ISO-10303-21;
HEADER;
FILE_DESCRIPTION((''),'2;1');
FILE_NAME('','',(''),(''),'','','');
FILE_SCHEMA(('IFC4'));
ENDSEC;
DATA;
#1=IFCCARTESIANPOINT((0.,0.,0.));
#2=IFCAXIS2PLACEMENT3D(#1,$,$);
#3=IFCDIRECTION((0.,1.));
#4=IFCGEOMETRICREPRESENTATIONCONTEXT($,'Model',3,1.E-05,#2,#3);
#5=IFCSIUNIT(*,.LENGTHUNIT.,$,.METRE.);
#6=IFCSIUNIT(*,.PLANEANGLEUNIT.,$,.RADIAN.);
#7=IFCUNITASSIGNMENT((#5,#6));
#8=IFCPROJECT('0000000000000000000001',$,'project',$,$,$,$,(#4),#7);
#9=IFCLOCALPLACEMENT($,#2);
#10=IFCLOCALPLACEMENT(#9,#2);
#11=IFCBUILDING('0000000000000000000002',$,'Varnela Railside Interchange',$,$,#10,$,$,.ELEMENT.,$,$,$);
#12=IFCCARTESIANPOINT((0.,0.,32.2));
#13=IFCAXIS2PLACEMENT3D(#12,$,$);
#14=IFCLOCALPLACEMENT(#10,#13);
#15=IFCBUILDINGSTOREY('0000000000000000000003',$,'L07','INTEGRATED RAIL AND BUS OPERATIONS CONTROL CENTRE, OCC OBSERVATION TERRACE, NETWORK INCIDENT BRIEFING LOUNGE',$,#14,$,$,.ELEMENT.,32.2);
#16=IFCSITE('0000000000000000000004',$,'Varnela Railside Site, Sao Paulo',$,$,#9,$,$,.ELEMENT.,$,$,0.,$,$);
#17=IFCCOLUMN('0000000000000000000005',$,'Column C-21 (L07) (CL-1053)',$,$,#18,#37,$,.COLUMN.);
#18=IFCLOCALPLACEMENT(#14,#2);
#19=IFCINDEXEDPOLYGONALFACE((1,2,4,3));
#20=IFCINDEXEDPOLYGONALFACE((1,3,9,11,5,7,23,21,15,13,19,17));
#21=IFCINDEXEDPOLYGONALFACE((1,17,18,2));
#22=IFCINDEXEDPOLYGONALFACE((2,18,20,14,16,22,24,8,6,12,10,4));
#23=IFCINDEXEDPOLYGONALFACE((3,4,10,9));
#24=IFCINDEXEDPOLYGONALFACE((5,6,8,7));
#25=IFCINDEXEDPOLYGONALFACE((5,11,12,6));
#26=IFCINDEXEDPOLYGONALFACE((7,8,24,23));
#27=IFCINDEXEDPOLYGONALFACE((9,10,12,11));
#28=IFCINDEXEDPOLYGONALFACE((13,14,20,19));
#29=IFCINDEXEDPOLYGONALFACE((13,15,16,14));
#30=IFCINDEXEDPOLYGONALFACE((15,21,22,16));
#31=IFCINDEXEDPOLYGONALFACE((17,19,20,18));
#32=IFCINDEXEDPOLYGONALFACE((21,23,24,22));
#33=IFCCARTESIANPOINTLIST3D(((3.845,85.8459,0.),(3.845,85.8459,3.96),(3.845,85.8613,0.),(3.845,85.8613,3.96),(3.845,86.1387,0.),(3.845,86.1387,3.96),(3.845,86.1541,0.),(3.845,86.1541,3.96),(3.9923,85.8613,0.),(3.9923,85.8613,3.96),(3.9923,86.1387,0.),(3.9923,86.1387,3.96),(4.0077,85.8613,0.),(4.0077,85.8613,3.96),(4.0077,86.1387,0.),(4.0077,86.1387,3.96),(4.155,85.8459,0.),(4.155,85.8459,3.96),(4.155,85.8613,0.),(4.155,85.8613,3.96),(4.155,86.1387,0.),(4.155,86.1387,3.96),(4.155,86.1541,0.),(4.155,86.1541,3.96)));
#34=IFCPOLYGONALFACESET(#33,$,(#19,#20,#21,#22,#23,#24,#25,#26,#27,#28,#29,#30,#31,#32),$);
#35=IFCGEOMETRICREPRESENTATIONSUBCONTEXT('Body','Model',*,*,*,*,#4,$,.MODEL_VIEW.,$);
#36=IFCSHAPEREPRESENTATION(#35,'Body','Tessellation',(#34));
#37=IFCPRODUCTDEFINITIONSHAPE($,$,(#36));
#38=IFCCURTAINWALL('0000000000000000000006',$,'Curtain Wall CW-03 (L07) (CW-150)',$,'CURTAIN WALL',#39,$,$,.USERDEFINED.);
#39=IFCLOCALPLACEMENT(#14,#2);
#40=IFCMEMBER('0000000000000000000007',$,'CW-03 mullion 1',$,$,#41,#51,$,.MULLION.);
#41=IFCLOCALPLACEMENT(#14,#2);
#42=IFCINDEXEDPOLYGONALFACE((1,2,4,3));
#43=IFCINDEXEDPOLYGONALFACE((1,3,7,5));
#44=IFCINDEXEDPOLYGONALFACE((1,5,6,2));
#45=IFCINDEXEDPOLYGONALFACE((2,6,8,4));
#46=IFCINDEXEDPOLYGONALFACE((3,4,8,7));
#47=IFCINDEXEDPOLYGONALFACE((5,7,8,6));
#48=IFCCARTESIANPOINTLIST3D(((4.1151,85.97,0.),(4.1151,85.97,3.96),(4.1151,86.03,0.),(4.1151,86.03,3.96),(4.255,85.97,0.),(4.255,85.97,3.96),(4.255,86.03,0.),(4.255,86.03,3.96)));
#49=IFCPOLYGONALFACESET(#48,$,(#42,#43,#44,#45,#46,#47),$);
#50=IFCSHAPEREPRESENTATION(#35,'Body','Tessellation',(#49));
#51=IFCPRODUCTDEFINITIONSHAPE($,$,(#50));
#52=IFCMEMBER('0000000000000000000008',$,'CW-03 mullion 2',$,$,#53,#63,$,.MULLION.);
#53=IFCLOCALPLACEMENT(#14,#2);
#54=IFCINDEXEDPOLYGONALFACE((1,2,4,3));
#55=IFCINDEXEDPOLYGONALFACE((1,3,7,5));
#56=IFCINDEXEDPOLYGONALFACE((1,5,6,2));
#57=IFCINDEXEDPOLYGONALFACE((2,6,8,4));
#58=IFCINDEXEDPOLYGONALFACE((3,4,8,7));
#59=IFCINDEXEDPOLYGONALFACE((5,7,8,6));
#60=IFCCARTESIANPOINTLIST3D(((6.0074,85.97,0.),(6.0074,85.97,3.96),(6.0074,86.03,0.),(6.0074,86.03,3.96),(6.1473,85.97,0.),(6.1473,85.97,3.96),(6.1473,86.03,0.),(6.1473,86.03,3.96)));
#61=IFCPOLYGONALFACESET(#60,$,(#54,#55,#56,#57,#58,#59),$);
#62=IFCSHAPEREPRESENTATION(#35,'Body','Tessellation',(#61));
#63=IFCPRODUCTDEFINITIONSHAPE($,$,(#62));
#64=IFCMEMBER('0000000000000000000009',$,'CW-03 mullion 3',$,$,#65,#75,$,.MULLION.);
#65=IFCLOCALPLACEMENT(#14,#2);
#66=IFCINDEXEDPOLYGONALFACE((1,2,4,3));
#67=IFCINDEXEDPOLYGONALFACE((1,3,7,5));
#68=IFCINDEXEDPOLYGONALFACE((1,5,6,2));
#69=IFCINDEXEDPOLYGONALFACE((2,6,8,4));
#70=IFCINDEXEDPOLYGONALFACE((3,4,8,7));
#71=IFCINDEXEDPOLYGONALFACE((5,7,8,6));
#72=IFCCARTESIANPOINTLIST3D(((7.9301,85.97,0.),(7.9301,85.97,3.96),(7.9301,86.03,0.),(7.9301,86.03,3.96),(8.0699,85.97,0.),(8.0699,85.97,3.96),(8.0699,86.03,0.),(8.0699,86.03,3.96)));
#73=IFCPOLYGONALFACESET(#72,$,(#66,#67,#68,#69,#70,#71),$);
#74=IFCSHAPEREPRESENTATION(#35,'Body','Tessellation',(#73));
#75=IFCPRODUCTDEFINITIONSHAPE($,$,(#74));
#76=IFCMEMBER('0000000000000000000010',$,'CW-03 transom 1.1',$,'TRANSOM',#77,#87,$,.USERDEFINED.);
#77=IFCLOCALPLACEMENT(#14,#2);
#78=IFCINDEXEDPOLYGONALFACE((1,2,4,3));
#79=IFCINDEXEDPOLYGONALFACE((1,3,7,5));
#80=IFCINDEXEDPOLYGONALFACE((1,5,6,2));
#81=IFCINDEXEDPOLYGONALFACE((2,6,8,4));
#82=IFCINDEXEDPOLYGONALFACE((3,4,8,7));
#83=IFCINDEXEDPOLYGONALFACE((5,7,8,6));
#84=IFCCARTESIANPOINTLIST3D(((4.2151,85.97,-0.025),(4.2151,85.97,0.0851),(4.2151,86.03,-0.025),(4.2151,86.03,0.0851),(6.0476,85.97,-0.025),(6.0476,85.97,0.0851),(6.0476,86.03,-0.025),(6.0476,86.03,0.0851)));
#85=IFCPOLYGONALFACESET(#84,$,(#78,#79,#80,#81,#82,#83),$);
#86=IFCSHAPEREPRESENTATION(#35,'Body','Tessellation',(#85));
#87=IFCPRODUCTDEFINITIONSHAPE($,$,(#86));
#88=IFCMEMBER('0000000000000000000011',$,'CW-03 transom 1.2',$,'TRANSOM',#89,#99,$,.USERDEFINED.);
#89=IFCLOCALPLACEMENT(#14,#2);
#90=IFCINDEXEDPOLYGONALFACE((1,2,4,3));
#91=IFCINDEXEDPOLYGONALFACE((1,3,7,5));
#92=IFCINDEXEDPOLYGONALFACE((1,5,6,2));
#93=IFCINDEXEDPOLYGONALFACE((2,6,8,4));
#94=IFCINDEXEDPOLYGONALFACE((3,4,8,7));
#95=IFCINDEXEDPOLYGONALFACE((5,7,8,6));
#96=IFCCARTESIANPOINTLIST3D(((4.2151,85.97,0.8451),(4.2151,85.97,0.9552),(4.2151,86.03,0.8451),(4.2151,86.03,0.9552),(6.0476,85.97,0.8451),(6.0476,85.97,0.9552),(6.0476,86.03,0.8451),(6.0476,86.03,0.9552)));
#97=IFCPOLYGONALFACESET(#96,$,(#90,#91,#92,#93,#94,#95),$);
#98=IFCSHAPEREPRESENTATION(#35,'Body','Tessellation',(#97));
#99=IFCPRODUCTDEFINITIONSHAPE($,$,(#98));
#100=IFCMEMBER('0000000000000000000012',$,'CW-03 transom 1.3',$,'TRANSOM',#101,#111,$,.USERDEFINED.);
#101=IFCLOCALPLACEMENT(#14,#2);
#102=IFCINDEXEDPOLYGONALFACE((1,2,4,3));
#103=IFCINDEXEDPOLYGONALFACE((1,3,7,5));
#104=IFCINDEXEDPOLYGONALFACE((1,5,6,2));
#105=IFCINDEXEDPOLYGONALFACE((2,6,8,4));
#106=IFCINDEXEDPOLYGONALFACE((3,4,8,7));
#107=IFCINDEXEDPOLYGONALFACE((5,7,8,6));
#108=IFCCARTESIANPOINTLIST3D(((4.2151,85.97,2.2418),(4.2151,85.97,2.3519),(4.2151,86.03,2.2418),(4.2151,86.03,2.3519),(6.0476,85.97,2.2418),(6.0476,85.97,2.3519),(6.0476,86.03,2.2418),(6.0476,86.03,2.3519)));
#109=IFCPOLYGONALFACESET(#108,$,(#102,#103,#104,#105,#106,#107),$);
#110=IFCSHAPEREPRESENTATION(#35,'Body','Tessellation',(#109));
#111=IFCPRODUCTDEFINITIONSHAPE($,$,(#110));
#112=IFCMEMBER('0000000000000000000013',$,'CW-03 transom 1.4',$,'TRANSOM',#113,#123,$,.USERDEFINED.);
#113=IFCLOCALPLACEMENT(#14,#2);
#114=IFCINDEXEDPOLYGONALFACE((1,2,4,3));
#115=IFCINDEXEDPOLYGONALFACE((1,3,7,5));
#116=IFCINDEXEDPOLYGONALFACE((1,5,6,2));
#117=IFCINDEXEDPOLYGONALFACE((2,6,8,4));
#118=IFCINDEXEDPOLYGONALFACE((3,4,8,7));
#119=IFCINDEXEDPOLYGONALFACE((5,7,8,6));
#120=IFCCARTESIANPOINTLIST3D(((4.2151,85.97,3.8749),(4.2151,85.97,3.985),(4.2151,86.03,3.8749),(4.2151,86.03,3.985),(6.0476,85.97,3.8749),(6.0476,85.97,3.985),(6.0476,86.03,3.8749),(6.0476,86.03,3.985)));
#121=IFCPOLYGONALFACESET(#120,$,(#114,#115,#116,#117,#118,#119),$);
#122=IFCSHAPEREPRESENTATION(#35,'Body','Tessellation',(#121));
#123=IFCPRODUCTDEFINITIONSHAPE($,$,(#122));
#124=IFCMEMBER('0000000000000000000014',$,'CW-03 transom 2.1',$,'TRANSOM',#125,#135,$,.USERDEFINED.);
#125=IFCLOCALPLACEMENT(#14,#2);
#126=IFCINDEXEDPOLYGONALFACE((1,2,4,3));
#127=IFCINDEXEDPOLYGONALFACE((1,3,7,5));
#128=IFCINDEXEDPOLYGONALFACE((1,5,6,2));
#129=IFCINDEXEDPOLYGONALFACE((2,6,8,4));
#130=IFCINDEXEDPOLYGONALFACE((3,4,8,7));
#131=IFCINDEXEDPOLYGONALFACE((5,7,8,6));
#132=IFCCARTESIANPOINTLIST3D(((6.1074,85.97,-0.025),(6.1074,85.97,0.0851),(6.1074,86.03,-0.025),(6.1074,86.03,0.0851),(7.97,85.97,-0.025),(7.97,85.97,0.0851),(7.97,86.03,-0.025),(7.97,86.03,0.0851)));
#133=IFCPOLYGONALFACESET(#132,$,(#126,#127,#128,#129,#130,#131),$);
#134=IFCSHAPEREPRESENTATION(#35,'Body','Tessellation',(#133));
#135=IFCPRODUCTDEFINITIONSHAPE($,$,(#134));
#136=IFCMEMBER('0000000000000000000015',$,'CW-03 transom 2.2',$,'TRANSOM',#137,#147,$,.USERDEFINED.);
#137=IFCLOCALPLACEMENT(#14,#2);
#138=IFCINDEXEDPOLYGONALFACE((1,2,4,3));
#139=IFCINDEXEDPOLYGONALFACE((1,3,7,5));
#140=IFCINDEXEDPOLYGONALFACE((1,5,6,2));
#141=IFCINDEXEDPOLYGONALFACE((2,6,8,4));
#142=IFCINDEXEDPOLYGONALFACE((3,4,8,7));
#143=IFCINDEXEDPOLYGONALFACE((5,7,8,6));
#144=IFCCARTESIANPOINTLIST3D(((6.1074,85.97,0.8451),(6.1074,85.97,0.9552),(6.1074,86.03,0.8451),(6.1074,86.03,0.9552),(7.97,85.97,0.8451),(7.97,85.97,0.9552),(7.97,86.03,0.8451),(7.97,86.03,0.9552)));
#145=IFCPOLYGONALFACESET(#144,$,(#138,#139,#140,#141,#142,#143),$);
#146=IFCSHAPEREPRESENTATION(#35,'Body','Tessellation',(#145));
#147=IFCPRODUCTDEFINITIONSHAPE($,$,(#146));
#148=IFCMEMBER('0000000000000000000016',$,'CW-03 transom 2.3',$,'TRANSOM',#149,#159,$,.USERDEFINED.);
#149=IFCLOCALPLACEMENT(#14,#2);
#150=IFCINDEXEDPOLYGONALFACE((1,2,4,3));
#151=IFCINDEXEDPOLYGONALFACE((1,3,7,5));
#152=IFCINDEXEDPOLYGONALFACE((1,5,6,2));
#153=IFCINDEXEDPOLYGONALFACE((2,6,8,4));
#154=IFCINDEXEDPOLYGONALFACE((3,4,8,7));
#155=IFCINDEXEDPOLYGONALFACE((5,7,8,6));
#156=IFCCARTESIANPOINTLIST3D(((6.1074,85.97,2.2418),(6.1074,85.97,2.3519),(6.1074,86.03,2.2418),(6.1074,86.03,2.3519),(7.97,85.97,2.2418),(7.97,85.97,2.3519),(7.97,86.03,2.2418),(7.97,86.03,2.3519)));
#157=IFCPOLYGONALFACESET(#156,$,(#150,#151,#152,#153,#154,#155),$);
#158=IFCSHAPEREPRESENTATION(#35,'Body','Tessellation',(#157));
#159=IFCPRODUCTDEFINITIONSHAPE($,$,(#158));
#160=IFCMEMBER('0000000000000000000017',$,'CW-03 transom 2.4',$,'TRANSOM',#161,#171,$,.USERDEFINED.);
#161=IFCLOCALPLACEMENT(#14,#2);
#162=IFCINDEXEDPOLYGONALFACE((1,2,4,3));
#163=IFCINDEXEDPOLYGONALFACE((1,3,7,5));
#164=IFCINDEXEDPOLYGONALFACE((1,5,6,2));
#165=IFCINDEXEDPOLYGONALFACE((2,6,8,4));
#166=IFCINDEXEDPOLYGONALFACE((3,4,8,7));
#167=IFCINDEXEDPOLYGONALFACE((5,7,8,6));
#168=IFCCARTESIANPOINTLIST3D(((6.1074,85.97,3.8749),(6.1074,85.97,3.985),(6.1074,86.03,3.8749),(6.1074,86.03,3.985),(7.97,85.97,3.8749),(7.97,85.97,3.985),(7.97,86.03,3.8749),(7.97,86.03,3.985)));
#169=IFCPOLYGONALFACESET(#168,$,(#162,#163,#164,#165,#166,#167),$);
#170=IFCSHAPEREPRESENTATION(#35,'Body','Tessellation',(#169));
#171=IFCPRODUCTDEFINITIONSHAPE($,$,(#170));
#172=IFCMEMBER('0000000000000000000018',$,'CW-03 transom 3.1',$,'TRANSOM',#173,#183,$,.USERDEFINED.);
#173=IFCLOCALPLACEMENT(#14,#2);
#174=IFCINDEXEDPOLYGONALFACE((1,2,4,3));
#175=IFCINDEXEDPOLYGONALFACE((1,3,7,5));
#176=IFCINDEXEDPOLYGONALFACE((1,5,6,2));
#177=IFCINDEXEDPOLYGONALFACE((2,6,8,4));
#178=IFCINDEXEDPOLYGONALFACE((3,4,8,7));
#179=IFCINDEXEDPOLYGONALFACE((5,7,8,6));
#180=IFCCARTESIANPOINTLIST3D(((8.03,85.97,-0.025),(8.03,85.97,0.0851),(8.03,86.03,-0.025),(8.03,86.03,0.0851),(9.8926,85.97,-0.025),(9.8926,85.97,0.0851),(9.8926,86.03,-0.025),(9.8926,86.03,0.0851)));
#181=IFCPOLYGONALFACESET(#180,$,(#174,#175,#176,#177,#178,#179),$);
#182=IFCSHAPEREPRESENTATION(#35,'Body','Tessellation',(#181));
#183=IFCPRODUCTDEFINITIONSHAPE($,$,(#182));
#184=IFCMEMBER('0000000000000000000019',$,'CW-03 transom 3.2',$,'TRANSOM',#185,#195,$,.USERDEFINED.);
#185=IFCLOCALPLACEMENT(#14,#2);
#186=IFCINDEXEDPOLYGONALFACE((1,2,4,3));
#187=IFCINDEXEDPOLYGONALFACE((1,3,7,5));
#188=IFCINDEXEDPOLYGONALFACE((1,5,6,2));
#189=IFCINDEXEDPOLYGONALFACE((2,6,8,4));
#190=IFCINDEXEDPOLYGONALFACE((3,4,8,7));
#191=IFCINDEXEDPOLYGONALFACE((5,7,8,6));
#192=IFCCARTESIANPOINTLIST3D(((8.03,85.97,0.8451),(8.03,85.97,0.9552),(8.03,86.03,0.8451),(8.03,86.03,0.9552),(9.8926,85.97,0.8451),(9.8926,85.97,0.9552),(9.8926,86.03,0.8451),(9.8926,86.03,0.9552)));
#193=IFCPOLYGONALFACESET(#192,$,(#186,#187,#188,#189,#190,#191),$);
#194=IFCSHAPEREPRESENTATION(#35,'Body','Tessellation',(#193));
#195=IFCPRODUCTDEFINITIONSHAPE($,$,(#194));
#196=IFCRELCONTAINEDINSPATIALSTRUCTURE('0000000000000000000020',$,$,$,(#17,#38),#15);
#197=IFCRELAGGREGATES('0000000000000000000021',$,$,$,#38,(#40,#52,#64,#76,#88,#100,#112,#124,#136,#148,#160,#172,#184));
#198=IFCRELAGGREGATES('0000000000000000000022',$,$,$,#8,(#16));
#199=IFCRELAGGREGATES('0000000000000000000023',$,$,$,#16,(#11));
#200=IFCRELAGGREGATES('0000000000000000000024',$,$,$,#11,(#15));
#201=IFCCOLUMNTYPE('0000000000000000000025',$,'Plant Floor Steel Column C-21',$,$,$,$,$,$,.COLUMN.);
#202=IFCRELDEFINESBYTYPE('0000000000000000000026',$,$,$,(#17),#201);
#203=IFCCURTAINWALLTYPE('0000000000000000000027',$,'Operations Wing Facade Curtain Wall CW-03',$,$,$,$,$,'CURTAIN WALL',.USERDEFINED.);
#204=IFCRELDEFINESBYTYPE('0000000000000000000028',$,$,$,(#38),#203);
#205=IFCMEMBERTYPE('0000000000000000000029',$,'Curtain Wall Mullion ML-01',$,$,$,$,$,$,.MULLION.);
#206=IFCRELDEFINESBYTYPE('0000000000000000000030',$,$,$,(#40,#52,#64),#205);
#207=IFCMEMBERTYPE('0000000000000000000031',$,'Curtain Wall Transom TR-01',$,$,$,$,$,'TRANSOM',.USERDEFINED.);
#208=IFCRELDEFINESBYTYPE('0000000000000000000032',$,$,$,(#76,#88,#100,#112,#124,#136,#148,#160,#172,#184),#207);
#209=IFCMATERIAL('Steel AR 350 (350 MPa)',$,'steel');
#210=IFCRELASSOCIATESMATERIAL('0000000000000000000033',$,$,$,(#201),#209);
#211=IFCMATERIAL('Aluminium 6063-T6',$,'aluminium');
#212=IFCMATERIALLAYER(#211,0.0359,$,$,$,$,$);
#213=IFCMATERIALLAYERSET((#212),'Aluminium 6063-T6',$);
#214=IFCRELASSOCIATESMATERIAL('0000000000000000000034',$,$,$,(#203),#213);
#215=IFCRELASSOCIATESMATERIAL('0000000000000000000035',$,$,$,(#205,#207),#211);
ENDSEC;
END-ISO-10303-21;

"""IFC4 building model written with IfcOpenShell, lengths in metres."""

from ifc_helpers import new_model, si_unit, direction, frame, origin, origin_2d, place, context, subcontext, project, spatial, rectangle, i_section, extrude, material, layer, layer_set, material_profile, profile_set, type_object, element, aggregate, save


model = new_model("IFC4")

# Units and contexts
model_context = context("Model", 3, precision=1e-05, world=origin(), true_north=direction((0.0, 1.0)))
body_context = subcontext(model_context, "Body", "Model", "MODEL_VIEW")
ifc_project = project(units=[si_unit("LENGTHUNIT", "METRE"), si_unit("PLANEANGLEUNIT", "RADIAN")], contexts=[model_context])

# Site, building, storey
site_placement = place(None, origin())
site = spatial("IfcSite", under=ifc_project, at=site_placement, Name="Varnela Railside Site, Sao Paulo", CompositionType="ELEMENT", RefElevation=0.0)
building_placement = place(site_placement, origin())
building = spatial("IfcBuilding", under=site, at=building_placement, Name="Varnela Railside Interchange", CompositionType="ELEMENT")
storey_placement = place(building_placement, frame((0.0, 0.0, 32.2)))
storey = spatial("IfcBuildingStorey", under=building, at=storey_placement, Name="L07", Description="INTEGRATED RAIL AND BUS OPERATIONS CONTROL CENTRE, OCC OBSERVATION TERRACE, NETWORK INCIDENT BRIEFING LOUNGE", CompositionType="ELEMENT", Elevation=32.2)

# Column
ifc_material_1 = material(Name="Steel AR 350 (350 MPa)", Category="steel")
ifc_material_profile_1 = material_profile(ifc_material_1, i_section(OverallWidth=0.3101, OverallDepth=0.3081, WebThickness=0.0154, FlangeThickness=0.0154, at=origin_2d()), Name="HP310x110")
ifc_profile_set_1 = profile_set([ifc_material_profile_1], Name="Steel AR 350 (350 MPa)")
column_type = type_object("IfcColumnType", Name="Plant Floor Steel Column C-21", PredefinedType="COLUMN", material=ifc_profile_set_1)
column_placement = place(storey_placement, frame((4.0, 86.0, 0.0), z_axis=(0.0, 0.0, 1.0), x_axis=(1.0, 0.0, 0.0)))
element("IfcColumn", 1, at=column_placement, inside=storey, type_object=column_type, Name="Column C-21 (L07) (CL-1053)", PredefinedType="COLUMN", context=body_context, shape_type="SweptSolid", body=[
    extrude(i_section(OverallWidth=0.3101, OverallDepth=0.3081, WebThickness=0.0154, FlangeThickness=0.0154, at=origin_2d()), origin(), (0.0, 0.0, 1.0), 3.96),
])

# Curtain wall, members
ifc_material_2 = material(Name="Aluminium 6063-T6", Category="aluminium")
ifc_layer_1 = layer(ifc_material_2, 0.0359)
ifc_layer_set_1 = layer_set([ifc_layer_1], Name="Aluminium 6063-T6")
curtain_wall_type = type_object("IfcCurtainWallType", Name="Operations Wing Facade Curtain Wall CW-03", ElementType="CURTAIN WALL", PredefinedType="USERDEFINED", material=ifc_layer_set_1)
curtain_wall_placement = place(storey_placement, origin())
curtain_wall = element("IfcCurtainWall", 2, at=curtain_wall_placement, inside=storey, type_object=curtain_wall_type, Name="Curtain Wall CW-03 (L07) (CW-150)", ObjectType="CURTAIN WALL", PredefinedType="USERDEFINED")
ifc_material_profile_2 = material_profile(ifc_material_2, rectangle(XDim=0.0601, YDim=0.1399, at=origin_2d()), Name="ALU 60x140")
ifc_profile_set_2 = profile_set([ifc_material_profile_2], Name="Aluminium 6063-T6")
member_type_1 = type_object("IfcMemberType", Name="Curtain Wall Mullion ML-01", PredefinedType="MULLION", material=ifc_profile_set_2)
member_1_placement = place(storey_placement, frame((4.1851, 86.0, 0.0), z_axis=(0.0, 0.0, 1.0), x_axis=(0.0, 1.0, 0.0)))
member_1 = element("IfcMember", 3, at=member_1_placement, type_object=member_type_1, Name="CW-03 mullion 1", PredefinedType="MULLION", context=body_context, shape_type="SweptSolid", body=[
    extrude(rectangle(XDim=0.0601, YDim=0.1399, at=origin_2d()), origin(), (0.0, 0.0, 1.0), 3.96),
])
member_2_placement = place(storey_placement, frame((6.0774, 86.0, 0.0), z_axis=(0.0, 0.0, 1.0), x_axis=(0.0, 1.0, 0.0)))
member_2 = element("IfcMember", 4, at=member_2_placement, type_object=member_type_1, Name="CW-03 mullion 2", PredefinedType="MULLION", context=body_context, shape_type="SweptSolid", body=[
    extrude(rectangle(XDim=0.0601, YDim=0.1399, at=origin_2d()), origin(), (0.0, 0.0, 1.0), 3.96),
])
member_3_placement = place(storey_placement, frame((8.0, 86.0, 0.0), z_axis=(0.0, 0.0, 1.0), x_axis=(0.0, 1.0, 0.0)))
member_3 = element("IfcMember", 5, at=member_3_placement, type_object=member_type_1, Name="CW-03 mullion 3", PredefinedType="MULLION", context=body_context, shape_type="SweptSolid", body=[
    extrude(rectangle(XDim=0.0601, YDim=0.1399, at=origin_2d()), origin(), (0.0, 0.0, 1.0), 3.96),
])
ifc_material_profile_3 = material_profile(ifc_material_2, rectangle(XDim=0.0601, YDim=0.1101, at=origin_2d()), Name="ALU 60x110")
ifc_profile_set_3 = profile_set([ifc_material_profile_3], Name="Aluminium 6063-T6")
member_type_2 = type_object("IfcMemberType", Name="Curtain Wall Transom TR-01", ElementType="TRANSOM", PredefinedType="USERDEFINED", material=ifc_profile_set_3)
member_4_placement = place(storey_placement, frame((4.2151, 86.0, 0.03), z_axis=(1.0, 0.0, 0.0), x_axis=(0.0, 1.0, 0.0)))
member_4 = element("IfcMember", 6, at=member_4_placement, type_object=member_type_2, Name="CW-03 transom 1.1", ObjectType="TRANSOM", PredefinedType="USERDEFINED", context=body_context, shape_type="SweptSolid", body=[
    extrude(rectangle(XDim=0.0601, YDim=0.1101, at=origin_2d()), origin(), (0.0, 0.0, 1.0), 1.8325),
])
member_5_placement = place(storey_placement, frame((4.2151, 86.0, 0.9001), z_axis=(1.0, 0.0, 0.0), x_axis=(0.0, 1.0, 0.0)))
member_5 = element("IfcMember", 7, at=member_5_placement, type_object=member_type_2, Name="CW-03 transom 1.2", ObjectType="TRANSOM", PredefinedType="USERDEFINED", context=body_context, shape_type="SweptSolid", body=[
    extrude(rectangle(XDim=0.0601, YDim=0.1101, at=origin_2d()), origin(), (0.0, 0.0, 1.0), 1.8325),
])
member_6_placement = place(storey_placement, frame((4.2151, 86.0, 2.2969), z_axis=(1.0, 0.0, 0.0), x_axis=(0.0, 1.0, 0.0)))
member_6 = element("IfcMember", 8, at=member_6_placement, type_object=member_type_2, Name="CW-03 transom 1.3", ObjectType="TRANSOM", PredefinedType="USERDEFINED", context=body_context, shape_type="SweptSolid", body=[
    extrude(rectangle(XDim=0.0601, YDim=0.1101, at=origin_2d()), origin(), (0.0, 0.0, 1.0), 1.8325),
])
member_7_placement = place(storey_placement, frame((4.2151, 86.0, 3.9299), z_axis=(1.0, 0.0, 0.0), x_axis=(0.0, 1.0, 0.0)))
member_7 = element("IfcMember", 9, at=member_7_placement, type_object=member_type_2, Name="CW-03 transom 1.4", ObjectType="TRANSOM", PredefinedType="USERDEFINED", context=body_context, shape_type="SweptSolid", body=[
    extrude(rectangle(XDim=0.0601, YDim=0.1101, at=origin_2d()), origin(), (0.0, 0.0, 1.0), 1.8325),
])
member_8_placement = place(storey_placement, frame((6.1074, 86.0, 0.03), z_axis=(1.0, 0.0, 0.0), x_axis=(0.0, 1.0, 0.0)))
member_8 = element("IfcMember", 10, at=member_8_placement, type_object=member_type_2, Name="CW-03 transom 2.1", ObjectType="TRANSOM", PredefinedType="USERDEFINED", context=body_context, shape_type="SweptSolid", body=[
    extrude(rectangle(XDim=0.0601, YDim=0.1101, at=origin_2d()), origin(), (0.0, 0.0, 1.0), 1.8625),
])
member_9_placement = place(storey_placement, frame((6.1074, 86.0, 0.9001), z_axis=(1.0, 0.0, 0.0), x_axis=(0.0, 1.0, 0.0)))
member_9 = element("IfcMember", 11, at=member_9_placement, type_object=member_type_2, Name="CW-03 transom 2.2", ObjectType="TRANSOM", PredefinedType="USERDEFINED", context=body_context, shape_type="SweptSolid", body=[
    extrude(rectangle(XDim=0.0601, YDim=0.1101, at=origin_2d()), origin(), (0.0, 0.0, 1.0), 1.8625),
])
member_10_placement = place(storey_placement, frame((6.1074, 86.0, 2.2969), z_axis=(1.0, 0.0, 0.0), x_axis=(0.0, 1.0, 0.0)))
member_10 = element("IfcMember", 12, at=member_10_placement, type_object=member_type_2, Name="CW-03 transom 2.3", ObjectType="TRANSOM", PredefinedType="USERDEFINED", context=body_context, shape_type="SweptSolid", body=[
    extrude(rectangle(XDim=0.0601, YDim=0.1101, at=origin_2d()), origin(), (0.0, 0.0, 1.0), 1.8625),
])
member_11_placement = place(storey_placement, frame((6.1074, 86.0, 3.9299), z_axis=(1.0, 0.0, 0.0), x_axis=(0.0, 1.0, 0.0)))
member_11 = element("IfcMember", 13, at=member_11_placement, type_object=member_type_2, Name="CW-03 transom 2.4", ObjectType="TRANSOM", PredefinedType="USERDEFINED", context=body_context, shape_type="SweptSolid", body=[
    extrude(rectangle(XDim=0.0601, YDim=0.1101, at=origin_2d()), origin(), (0.0, 0.0, 1.0), 1.8625),
])
member_12_placement = place(storey_placement, frame((8.03, 86.0, 0.03), z_axis=(1.0, 0.0, 0.0), x_axis=(0.0, 1.0, 0.0)))
member_12 = element("IfcMember", 14, at=member_12_placement, type_object=member_type_2, Name="CW-03 transom 3.1", ObjectType="TRANSOM", PredefinedType="USERDEFINED", context=body_context, shape_type="SweptSolid", body=[
    extrude(rectangle(XDim=0.0601, YDim=0.1101, at=origin_2d()), origin(), (0.0, 0.0, 1.0), 1.8625),
])
member_13_placement = place(storey_placement, frame((8.03, 86.0, 0.9001), z_axis=(1.0, 0.0, 0.0), x_axis=(0.0, 1.0, 0.0)))
member_13 = element("IfcMember", 15, at=member_13_placement, type_object=member_type_2, Name="CW-03 transom 3.2", ObjectType="TRANSOM", PredefinedType="USERDEFINED", context=body_context, shape_type="SweptSolid", body=[
    extrude(rectangle(XDim=0.0601, YDim=0.1101, at=origin_2d()), origin(), (0.0, 0.0, 1.0), 1.8625),
])

aggregate(curtain_wall, [member_1, member_2, member_3, member_4, member_5, member_6, member_7, member_8, member_9, member_10, member_11, member_12, member_13])

save(model, "model.ifc")
